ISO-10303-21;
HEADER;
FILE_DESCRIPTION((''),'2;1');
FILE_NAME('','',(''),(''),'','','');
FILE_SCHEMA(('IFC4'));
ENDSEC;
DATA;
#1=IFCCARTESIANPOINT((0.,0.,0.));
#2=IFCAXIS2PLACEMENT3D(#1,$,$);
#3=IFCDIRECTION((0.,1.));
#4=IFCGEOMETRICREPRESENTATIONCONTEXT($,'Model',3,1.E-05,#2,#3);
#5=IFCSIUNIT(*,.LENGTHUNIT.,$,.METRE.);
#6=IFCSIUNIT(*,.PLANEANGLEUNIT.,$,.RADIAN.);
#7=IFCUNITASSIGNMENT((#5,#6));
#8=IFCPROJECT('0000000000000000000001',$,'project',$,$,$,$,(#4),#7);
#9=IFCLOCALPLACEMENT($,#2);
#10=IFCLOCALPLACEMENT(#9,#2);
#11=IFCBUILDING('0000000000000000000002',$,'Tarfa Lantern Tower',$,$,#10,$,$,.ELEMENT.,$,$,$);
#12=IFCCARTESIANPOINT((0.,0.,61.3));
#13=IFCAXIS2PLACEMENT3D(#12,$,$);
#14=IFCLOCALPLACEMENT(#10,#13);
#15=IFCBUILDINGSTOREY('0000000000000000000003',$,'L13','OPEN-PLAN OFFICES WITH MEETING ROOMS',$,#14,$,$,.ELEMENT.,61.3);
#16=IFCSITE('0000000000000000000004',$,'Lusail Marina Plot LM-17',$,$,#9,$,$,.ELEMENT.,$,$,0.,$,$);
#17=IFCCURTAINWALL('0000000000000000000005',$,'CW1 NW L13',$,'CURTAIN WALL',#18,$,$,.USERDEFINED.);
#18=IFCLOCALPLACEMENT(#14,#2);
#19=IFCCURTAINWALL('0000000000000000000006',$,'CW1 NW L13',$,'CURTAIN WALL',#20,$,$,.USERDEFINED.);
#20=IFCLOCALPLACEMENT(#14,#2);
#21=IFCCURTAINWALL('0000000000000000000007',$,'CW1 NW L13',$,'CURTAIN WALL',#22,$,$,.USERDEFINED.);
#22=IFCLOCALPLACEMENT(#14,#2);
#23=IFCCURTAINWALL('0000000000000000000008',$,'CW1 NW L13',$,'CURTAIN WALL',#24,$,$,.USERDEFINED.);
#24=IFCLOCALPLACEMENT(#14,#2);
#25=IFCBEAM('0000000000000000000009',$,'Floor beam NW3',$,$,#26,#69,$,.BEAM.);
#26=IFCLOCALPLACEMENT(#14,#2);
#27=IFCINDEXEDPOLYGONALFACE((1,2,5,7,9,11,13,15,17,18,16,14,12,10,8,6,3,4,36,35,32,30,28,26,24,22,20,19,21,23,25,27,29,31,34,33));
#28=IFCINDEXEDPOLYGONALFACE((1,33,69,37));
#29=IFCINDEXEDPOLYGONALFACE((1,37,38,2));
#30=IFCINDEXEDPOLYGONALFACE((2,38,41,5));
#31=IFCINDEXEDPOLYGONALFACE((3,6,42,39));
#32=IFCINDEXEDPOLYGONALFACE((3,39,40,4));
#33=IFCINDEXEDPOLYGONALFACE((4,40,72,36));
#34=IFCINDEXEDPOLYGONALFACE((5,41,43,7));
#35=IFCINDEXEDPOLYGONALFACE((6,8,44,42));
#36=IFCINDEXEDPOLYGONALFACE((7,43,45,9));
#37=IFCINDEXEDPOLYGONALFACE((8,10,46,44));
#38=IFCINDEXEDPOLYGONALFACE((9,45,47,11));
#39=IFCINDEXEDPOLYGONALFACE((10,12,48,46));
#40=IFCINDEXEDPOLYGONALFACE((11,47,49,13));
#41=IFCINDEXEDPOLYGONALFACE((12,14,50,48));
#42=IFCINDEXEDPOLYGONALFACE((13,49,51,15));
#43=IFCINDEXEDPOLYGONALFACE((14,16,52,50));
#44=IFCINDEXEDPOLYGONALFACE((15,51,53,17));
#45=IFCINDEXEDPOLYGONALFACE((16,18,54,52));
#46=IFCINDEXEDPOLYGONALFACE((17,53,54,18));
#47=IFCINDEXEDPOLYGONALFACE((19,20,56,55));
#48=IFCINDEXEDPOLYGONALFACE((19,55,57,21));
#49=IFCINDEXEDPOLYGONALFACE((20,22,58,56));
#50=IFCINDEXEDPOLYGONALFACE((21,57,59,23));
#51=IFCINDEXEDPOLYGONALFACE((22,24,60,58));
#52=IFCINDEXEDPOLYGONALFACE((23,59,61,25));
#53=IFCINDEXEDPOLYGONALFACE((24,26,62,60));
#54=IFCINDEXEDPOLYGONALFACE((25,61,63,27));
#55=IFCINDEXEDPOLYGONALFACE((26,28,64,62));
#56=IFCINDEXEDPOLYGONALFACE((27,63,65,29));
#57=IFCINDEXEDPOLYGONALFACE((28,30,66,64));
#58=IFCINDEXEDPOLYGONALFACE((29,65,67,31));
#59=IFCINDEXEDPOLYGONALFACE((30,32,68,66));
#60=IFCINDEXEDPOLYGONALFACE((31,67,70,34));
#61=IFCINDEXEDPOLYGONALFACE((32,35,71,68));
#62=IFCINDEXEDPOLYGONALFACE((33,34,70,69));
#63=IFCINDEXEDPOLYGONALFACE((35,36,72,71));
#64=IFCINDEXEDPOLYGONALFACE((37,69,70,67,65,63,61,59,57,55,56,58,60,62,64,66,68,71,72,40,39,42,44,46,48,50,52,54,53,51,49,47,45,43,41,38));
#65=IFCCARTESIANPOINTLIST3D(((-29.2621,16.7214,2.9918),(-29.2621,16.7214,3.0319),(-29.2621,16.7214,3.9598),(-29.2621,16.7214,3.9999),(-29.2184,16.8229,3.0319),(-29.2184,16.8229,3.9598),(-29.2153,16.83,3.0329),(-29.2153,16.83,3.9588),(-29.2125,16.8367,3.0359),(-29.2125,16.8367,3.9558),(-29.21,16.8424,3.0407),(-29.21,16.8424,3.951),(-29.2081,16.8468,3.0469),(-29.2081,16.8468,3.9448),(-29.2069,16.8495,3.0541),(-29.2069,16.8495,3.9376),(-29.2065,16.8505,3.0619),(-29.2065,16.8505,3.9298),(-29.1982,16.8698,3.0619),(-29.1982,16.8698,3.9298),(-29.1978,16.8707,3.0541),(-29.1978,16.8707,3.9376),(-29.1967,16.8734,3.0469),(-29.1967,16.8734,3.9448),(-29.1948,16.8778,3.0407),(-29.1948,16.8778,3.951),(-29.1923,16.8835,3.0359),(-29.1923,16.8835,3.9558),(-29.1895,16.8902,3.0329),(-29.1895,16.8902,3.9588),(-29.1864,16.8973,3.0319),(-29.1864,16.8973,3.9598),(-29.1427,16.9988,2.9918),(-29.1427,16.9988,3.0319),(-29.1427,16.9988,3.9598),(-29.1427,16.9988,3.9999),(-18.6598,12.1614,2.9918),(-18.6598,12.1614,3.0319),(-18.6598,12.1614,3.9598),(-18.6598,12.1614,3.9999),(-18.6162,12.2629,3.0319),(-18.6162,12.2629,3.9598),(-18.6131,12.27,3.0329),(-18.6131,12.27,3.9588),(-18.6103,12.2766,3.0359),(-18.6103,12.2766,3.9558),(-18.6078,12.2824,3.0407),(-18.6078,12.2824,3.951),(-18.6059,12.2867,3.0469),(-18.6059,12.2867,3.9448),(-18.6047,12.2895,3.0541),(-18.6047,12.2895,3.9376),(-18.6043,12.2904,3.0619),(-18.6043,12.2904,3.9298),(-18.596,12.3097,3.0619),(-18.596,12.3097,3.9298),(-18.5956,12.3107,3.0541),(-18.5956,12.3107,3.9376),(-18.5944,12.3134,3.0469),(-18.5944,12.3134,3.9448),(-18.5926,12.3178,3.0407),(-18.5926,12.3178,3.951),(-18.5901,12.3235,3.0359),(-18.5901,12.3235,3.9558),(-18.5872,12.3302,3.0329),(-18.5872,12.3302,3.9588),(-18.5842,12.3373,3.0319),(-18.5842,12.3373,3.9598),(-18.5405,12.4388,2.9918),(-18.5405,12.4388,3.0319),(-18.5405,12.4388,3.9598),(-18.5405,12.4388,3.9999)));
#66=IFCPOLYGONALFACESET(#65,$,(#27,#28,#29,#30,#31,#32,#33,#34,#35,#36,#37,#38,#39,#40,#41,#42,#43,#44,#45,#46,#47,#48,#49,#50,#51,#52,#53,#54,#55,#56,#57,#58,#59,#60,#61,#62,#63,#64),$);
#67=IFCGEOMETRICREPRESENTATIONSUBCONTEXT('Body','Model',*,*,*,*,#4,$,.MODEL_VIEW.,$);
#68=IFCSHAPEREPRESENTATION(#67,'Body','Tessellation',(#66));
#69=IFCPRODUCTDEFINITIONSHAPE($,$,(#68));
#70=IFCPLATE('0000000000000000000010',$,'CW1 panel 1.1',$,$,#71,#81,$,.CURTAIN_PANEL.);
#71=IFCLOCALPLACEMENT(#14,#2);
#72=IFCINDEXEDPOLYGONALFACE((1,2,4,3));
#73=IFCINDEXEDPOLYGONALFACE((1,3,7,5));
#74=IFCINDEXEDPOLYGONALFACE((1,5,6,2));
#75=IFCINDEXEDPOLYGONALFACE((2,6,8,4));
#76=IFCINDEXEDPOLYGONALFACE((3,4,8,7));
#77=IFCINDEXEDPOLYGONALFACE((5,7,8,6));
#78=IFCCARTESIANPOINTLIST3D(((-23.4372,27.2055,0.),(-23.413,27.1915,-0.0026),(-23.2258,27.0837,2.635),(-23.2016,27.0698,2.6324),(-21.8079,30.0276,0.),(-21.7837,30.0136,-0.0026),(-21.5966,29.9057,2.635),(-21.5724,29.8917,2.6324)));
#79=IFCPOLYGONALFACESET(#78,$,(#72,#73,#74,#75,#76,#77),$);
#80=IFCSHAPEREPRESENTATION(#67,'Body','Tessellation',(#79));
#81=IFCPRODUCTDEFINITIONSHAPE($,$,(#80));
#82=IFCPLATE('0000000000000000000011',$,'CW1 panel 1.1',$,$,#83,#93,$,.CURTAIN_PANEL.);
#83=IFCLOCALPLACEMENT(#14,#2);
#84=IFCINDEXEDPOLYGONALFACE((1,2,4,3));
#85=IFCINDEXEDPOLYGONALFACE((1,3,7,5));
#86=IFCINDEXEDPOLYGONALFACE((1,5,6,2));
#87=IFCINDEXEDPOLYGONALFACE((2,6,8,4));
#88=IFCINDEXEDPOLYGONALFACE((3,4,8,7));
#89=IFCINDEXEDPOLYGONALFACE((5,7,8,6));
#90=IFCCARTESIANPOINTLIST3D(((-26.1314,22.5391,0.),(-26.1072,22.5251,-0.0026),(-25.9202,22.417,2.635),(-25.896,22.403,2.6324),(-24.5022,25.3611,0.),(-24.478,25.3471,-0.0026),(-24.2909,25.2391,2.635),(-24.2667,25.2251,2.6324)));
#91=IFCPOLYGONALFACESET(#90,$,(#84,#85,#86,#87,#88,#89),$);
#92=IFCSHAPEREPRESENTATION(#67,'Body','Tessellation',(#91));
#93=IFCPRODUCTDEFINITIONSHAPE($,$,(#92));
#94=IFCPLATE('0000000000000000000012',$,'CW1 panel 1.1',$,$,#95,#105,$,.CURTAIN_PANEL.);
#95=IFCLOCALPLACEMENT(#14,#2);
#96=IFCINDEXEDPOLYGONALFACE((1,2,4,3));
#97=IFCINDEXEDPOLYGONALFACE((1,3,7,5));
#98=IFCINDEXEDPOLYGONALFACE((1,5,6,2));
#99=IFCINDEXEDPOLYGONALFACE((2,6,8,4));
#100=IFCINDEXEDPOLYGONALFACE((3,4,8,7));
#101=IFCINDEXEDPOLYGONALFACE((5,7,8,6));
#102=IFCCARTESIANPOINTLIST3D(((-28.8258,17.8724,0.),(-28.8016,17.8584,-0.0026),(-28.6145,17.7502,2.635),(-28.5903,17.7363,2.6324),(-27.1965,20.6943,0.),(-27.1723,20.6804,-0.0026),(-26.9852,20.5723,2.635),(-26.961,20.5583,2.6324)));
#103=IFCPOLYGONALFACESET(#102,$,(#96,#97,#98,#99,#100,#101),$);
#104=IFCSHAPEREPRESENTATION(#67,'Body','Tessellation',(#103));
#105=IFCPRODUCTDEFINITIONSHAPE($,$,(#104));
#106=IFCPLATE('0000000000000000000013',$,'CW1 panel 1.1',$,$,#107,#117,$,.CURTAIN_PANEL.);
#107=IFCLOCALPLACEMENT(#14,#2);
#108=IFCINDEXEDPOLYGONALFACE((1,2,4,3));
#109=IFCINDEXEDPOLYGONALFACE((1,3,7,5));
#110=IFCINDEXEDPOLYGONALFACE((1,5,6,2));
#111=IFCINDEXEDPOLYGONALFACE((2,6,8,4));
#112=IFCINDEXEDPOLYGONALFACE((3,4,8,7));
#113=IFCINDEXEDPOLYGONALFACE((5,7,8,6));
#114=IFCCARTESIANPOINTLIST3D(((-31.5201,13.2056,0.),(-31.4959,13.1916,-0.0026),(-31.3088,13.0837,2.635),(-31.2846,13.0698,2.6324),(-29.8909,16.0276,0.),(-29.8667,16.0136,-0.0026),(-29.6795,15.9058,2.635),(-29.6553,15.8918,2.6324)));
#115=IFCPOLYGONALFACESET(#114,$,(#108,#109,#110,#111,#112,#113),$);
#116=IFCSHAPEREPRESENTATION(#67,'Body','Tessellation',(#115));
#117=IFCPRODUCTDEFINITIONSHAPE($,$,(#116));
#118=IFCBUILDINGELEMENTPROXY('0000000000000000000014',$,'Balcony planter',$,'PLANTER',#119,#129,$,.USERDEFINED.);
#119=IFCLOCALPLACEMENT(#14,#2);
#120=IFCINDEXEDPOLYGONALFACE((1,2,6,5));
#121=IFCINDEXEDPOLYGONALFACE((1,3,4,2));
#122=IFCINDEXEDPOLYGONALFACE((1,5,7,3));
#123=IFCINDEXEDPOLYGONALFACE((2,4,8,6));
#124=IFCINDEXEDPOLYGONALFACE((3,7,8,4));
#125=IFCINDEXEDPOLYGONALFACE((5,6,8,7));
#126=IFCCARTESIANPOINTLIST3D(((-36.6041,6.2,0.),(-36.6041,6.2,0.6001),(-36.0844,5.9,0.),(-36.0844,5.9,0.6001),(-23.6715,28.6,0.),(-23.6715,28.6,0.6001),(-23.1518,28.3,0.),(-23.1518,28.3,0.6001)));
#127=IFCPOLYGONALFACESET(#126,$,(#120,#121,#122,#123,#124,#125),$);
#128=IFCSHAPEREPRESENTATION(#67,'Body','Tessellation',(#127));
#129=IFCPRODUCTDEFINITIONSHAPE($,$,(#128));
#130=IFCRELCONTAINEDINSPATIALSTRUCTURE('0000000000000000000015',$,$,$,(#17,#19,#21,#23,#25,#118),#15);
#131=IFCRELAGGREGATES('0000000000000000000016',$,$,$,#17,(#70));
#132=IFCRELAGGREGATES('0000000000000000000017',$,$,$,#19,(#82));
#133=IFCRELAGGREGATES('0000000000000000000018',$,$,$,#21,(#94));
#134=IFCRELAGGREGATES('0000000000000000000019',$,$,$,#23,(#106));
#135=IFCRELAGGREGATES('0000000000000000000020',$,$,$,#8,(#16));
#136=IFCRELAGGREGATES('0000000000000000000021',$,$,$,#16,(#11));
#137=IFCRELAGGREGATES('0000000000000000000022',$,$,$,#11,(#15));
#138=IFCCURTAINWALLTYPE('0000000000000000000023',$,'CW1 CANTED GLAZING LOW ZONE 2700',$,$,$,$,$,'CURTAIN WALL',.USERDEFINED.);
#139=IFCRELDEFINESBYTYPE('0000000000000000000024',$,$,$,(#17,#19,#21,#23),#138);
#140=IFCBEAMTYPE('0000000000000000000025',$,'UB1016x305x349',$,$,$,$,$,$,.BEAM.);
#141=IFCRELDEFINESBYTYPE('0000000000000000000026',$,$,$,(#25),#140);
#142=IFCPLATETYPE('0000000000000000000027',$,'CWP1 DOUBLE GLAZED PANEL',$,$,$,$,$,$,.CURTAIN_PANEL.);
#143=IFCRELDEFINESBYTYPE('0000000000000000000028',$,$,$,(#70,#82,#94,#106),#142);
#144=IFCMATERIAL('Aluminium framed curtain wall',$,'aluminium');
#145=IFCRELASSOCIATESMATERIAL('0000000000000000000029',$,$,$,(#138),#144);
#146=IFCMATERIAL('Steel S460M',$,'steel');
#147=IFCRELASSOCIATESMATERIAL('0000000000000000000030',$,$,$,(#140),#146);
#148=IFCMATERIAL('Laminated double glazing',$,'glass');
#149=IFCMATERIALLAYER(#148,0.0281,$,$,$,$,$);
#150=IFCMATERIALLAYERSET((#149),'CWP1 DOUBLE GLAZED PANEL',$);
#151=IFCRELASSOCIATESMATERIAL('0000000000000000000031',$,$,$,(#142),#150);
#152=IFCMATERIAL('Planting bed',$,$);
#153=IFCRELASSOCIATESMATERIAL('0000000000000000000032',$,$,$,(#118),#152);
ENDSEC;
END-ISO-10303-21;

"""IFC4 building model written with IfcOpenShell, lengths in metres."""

from ifc_helpers import new_model, si_unit, direction, frame, origin, origin_2d, place, context, subcontext, project, spatial, polyline, rectangle, i_section, outline, extrude, material, layer, layer_set, material_profile, profile_set, type_object, element, aggregate, save


model = new_model("IFC4")

# Units and contexts
model_context = context("Model", 3, precision=1e-05, world=origin(), true_north=direction((0.0, 1.0)))
body_context = subcontext(model_context, "Body", "Model", "MODEL_VIEW")
ifc_project = project(units=[si_unit("LENGTHUNIT", "METRE"), si_unit("PLANEANGLEUNIT", "RADIAN")], contexts=[model_context])

# Site, building, storey
site_placement = place(None, origin())
site = spatial("IfcSite", under=ifc_project, at=site_placement, Name="Lusail Marina Plot LM-17", CompositionType="ELEMENT", RefElevation=0.0)
building_placement = place(site_placement, origin())
building = spatial("IfcBuilding", under=site, at=building_placement, Name="Tarfa Lantern Tower", CompositionType="ELEMENT")
storey_placement = place(building_placement, frame((0.0, 0.0, 61.3)))
storey = spatial("IfcBuildingStorey", under=building, at=storey_placement, Name="L13", Description="OPEN-PLAN OFFICES WITH MEETING ROOMS", CompositionType="ELEMENT", Elevation=61.3)

# Curtain walls
ifc_material_1 = material(Name="Aluminium framed curtain wall", Category="aluminium")
curtain_wall_type = type_object("IfcCurtainWallType", Name="CW1 CANTED GLAZING LOW ZONE 2700", ElementType="CURTAIN WALL", PredefinedType="USERDEFINED", material=ifc_material_1)
curtain_wall_1_placement = place(storey_placement, origin())
curtain_wall_1 = element("IfcCurtainWall", 1, at=curtain_wall_1_placement, inside=storey, type_object=curtain_wall_type, Name="CW1 NW L13", ObjectType="CURTAIN WALL", PredefinedType="USERDEFINED")
curtain_wall_2_placement = place(storey_placement, origin())
curtain_wall_2 = element("IfcCurtainWall", 2, at=curtain_wall_2_placement, inside=storey, type_object=curtain_wall_type, Name="CW1 NW L13", ObjectType="CURTAIN WALL", PredefinedType="USERDEFINED")
curtain_wall_3_placement = place(storey_placement, origin())
curtain_wall_3 = element("IfcCurtainWall", 3, at=curtain_wall_3_placement, inside=storey, type_object=curtain_wall_type, Name="CW1 NW L13", ObjectType="CURTAIN WALL", PredefinedType="USERDEFINED")

# Curtain wall
curtain_wall_4_placement = place(storey_placement, origin())
curtain_wall_4 = element("IfcCurtainWall", 4, at=curtain_wall_4_placement, inside=storey, type_object=curtain_wall_type, Name="CW1 NW L13", ObjectType="CURTAIN WALL", PredefinedType="USERDEFINED")

# Beam
ifc_material_2 = material(Name="Steel S460M", Category="steel")
ifc_material_profile_1 = material_profile(ifc_material_2, i_section(OverallWidth=0.302, OverallDepth=1.0081, WebThickness=0.021, FlangeThickness=0.04, FilletRadius=0.03, at=origin_2d()), Name="UB1016x305x349")
ifc_profile_set_1 = profile_set([ifc_material_profile_1], Name="Steel S460M")
beam_type_1 = type_object("IfcBeamType", Name="UB1016x305x349", PredefinedType="BEAM", material=ifc_profile_set_1)
beam_1_placement = place(storey_placement, frame((-29.2024, 16.8601, 3.4958), z_axis=(0.918635, -0.395106, 0.0), x_axis=(0.395106, 0.918635, 0.0)))
element("IfcBeam", 5, at=beam_1_placement, inside=storey, type_object=beam_type_1, Name="Floor beam NW3", PredefinedType="BEAM", context=body_context, shape_type="SweptSolid", body=[
    extrude(i_section(OverallWidth=0.302, OverallDepth=1.0081, WebThickness=0.021, FlangeThickness=0.04, FilletRadius=0.03, at=origin_2d()), origin(), (0.0, 0.0, 1.0), 11.5413),
])

# Plates
ifc_material_3 = material(Name="Laminated double glazing", Category="glass")
ifc_layer = layer(ifc_material_3, 0.0281)
ifc_layer_set = layer_set([ifc_layer], Name="CWP1 DOUBLE GLAZED PANEL")
plate_type = type_object("IfcPlateType", Name="CWP1 DOUBLE GLAZED PANEL", PredefinedType="CURTAIN_PANEL", material=ifc_layer_set)
plate_1_placement = place(storey_placement, frame((-21.8079, 30.0276, 0.0), z_axis=(-0.862342, 0.497867, 0.09217), x_axis=(-0.499995, -0.866028, -0.000003)))
plate_1 = element("IfcPlate", 6, at=plate_1_placement, type_object=plate_type, Name="CW1 panel 1.1", PredefinedType="CURTAIN_PANEL", context=body_context, shape_type="SweptSolid", body=[
    extrude(outline(polyline([(0.0, 0.0), (3.2586, 0.0), (3.2584, 2.6463), (-0.0001, 2.6463), (0.0, 0.0)])), origin(), (0.0, 0.0, -1.0), 0.0281),
])
aggregate(curtain_wall_1, [plate_1])
plate_2_placement = place(storey_placement, frame((-24.5022, 25.3611, 0.0), z_axis=(-0.862338, 0.497864, 0.092216), x_axis=(-0.499995, -0.866029, 0.000003)))
plate_2 = element("IfcPlate", 7, at=plate_2_placement, type_object=plate_type, Name="CW1 panel 1.1", PredefinedType="CURTAIN_PANEL", context=body_context, shape_type="SweptSolid", body=[
    extrude(outline(polyline([(0.0, 0.0), (3.2585, 0.0), (3.2587, 2.6463), (0.0, 2.6463), (0.0, 0.0)])), origin(), (0.0, 0.0, -1.0), 0.0281),
])
aggregate(curtain_wall_2, [plate_2])
plate_3_placement = place(storey_placement, frame((-27.1965, 20.6943, 0.0), z_axis=(-0.862338, 0.497864, 0.092216), x_axis=(-0.499995, -0.866029, 0.000003)))
plate_3 = element("IfcPlate", 8, at=plate_3_placement, type_object=plate_type, Name="CW1 panel 1.1", PredefinedType="CURTAIN_PANEL", context=body_context, shape_type="SweptSolid", body=[
    extrude(outline(polyline([(0.0, 0.0), (3.2585, 0.0), (3.2587, 2.6463), (0.0, 2.6463), (0.0, 0.0)])), origin(), (0.0, 0.0, -1.0), 0.0281),
])
aggregate(curtain_wall_3, [plate_3])
plate_4_placement = place(storey_placement, frame((-29.8909, 16.0276, 0.0), z_axis=(-0.862342, 0.497867, 0.09217), x_axis=(-0.499995, -0.866029, 0.000003)))
plate_4 = element("IfcPlate", 9, at=plate_4_placement, type_object=plate_type, Name="CW1 panel 1.1", PredefinedType="CURTAIN_PANEL", context=body_context, shape_type="SweptSolid", body=[
    extrude(outline(polyline([(0.0, 0.0), (3.2585, 0.0), (3.2584, 2.6463), (-0.0002, 2.6463), (0.0, 0.0)])), origin(), (0.0, 0.0, -1.0), 0.0281),
])
aggregate(curtain_wall_4, [plate_4])

# Building element proxy
ifc_material_4 = material(Name="Planting bed")
proxy_placement = place(storey_placement, frame((-29.8779, 17.25, 0.0), z_axis=(0.0, 0.0, 1.0), x_axis=(-0.5, -0.866025, 0.0)))
element("IfcBuildingElementProxy", 10, at=proxy_placement, inside=storey, material=ifc_material_4, Name="Balcony planter", ObjectType="PLANTER", PredefinedType="USERDEFINED", context=body_context, shape_type="SweptSolid", body=[
    extrude(rectangle(XDim=25.8652, YDim=0.6001, at=origin_2d()), origin(), (0.0, 0.0, 1.0), 0.6001),
])

save(model, "model.ifc")
